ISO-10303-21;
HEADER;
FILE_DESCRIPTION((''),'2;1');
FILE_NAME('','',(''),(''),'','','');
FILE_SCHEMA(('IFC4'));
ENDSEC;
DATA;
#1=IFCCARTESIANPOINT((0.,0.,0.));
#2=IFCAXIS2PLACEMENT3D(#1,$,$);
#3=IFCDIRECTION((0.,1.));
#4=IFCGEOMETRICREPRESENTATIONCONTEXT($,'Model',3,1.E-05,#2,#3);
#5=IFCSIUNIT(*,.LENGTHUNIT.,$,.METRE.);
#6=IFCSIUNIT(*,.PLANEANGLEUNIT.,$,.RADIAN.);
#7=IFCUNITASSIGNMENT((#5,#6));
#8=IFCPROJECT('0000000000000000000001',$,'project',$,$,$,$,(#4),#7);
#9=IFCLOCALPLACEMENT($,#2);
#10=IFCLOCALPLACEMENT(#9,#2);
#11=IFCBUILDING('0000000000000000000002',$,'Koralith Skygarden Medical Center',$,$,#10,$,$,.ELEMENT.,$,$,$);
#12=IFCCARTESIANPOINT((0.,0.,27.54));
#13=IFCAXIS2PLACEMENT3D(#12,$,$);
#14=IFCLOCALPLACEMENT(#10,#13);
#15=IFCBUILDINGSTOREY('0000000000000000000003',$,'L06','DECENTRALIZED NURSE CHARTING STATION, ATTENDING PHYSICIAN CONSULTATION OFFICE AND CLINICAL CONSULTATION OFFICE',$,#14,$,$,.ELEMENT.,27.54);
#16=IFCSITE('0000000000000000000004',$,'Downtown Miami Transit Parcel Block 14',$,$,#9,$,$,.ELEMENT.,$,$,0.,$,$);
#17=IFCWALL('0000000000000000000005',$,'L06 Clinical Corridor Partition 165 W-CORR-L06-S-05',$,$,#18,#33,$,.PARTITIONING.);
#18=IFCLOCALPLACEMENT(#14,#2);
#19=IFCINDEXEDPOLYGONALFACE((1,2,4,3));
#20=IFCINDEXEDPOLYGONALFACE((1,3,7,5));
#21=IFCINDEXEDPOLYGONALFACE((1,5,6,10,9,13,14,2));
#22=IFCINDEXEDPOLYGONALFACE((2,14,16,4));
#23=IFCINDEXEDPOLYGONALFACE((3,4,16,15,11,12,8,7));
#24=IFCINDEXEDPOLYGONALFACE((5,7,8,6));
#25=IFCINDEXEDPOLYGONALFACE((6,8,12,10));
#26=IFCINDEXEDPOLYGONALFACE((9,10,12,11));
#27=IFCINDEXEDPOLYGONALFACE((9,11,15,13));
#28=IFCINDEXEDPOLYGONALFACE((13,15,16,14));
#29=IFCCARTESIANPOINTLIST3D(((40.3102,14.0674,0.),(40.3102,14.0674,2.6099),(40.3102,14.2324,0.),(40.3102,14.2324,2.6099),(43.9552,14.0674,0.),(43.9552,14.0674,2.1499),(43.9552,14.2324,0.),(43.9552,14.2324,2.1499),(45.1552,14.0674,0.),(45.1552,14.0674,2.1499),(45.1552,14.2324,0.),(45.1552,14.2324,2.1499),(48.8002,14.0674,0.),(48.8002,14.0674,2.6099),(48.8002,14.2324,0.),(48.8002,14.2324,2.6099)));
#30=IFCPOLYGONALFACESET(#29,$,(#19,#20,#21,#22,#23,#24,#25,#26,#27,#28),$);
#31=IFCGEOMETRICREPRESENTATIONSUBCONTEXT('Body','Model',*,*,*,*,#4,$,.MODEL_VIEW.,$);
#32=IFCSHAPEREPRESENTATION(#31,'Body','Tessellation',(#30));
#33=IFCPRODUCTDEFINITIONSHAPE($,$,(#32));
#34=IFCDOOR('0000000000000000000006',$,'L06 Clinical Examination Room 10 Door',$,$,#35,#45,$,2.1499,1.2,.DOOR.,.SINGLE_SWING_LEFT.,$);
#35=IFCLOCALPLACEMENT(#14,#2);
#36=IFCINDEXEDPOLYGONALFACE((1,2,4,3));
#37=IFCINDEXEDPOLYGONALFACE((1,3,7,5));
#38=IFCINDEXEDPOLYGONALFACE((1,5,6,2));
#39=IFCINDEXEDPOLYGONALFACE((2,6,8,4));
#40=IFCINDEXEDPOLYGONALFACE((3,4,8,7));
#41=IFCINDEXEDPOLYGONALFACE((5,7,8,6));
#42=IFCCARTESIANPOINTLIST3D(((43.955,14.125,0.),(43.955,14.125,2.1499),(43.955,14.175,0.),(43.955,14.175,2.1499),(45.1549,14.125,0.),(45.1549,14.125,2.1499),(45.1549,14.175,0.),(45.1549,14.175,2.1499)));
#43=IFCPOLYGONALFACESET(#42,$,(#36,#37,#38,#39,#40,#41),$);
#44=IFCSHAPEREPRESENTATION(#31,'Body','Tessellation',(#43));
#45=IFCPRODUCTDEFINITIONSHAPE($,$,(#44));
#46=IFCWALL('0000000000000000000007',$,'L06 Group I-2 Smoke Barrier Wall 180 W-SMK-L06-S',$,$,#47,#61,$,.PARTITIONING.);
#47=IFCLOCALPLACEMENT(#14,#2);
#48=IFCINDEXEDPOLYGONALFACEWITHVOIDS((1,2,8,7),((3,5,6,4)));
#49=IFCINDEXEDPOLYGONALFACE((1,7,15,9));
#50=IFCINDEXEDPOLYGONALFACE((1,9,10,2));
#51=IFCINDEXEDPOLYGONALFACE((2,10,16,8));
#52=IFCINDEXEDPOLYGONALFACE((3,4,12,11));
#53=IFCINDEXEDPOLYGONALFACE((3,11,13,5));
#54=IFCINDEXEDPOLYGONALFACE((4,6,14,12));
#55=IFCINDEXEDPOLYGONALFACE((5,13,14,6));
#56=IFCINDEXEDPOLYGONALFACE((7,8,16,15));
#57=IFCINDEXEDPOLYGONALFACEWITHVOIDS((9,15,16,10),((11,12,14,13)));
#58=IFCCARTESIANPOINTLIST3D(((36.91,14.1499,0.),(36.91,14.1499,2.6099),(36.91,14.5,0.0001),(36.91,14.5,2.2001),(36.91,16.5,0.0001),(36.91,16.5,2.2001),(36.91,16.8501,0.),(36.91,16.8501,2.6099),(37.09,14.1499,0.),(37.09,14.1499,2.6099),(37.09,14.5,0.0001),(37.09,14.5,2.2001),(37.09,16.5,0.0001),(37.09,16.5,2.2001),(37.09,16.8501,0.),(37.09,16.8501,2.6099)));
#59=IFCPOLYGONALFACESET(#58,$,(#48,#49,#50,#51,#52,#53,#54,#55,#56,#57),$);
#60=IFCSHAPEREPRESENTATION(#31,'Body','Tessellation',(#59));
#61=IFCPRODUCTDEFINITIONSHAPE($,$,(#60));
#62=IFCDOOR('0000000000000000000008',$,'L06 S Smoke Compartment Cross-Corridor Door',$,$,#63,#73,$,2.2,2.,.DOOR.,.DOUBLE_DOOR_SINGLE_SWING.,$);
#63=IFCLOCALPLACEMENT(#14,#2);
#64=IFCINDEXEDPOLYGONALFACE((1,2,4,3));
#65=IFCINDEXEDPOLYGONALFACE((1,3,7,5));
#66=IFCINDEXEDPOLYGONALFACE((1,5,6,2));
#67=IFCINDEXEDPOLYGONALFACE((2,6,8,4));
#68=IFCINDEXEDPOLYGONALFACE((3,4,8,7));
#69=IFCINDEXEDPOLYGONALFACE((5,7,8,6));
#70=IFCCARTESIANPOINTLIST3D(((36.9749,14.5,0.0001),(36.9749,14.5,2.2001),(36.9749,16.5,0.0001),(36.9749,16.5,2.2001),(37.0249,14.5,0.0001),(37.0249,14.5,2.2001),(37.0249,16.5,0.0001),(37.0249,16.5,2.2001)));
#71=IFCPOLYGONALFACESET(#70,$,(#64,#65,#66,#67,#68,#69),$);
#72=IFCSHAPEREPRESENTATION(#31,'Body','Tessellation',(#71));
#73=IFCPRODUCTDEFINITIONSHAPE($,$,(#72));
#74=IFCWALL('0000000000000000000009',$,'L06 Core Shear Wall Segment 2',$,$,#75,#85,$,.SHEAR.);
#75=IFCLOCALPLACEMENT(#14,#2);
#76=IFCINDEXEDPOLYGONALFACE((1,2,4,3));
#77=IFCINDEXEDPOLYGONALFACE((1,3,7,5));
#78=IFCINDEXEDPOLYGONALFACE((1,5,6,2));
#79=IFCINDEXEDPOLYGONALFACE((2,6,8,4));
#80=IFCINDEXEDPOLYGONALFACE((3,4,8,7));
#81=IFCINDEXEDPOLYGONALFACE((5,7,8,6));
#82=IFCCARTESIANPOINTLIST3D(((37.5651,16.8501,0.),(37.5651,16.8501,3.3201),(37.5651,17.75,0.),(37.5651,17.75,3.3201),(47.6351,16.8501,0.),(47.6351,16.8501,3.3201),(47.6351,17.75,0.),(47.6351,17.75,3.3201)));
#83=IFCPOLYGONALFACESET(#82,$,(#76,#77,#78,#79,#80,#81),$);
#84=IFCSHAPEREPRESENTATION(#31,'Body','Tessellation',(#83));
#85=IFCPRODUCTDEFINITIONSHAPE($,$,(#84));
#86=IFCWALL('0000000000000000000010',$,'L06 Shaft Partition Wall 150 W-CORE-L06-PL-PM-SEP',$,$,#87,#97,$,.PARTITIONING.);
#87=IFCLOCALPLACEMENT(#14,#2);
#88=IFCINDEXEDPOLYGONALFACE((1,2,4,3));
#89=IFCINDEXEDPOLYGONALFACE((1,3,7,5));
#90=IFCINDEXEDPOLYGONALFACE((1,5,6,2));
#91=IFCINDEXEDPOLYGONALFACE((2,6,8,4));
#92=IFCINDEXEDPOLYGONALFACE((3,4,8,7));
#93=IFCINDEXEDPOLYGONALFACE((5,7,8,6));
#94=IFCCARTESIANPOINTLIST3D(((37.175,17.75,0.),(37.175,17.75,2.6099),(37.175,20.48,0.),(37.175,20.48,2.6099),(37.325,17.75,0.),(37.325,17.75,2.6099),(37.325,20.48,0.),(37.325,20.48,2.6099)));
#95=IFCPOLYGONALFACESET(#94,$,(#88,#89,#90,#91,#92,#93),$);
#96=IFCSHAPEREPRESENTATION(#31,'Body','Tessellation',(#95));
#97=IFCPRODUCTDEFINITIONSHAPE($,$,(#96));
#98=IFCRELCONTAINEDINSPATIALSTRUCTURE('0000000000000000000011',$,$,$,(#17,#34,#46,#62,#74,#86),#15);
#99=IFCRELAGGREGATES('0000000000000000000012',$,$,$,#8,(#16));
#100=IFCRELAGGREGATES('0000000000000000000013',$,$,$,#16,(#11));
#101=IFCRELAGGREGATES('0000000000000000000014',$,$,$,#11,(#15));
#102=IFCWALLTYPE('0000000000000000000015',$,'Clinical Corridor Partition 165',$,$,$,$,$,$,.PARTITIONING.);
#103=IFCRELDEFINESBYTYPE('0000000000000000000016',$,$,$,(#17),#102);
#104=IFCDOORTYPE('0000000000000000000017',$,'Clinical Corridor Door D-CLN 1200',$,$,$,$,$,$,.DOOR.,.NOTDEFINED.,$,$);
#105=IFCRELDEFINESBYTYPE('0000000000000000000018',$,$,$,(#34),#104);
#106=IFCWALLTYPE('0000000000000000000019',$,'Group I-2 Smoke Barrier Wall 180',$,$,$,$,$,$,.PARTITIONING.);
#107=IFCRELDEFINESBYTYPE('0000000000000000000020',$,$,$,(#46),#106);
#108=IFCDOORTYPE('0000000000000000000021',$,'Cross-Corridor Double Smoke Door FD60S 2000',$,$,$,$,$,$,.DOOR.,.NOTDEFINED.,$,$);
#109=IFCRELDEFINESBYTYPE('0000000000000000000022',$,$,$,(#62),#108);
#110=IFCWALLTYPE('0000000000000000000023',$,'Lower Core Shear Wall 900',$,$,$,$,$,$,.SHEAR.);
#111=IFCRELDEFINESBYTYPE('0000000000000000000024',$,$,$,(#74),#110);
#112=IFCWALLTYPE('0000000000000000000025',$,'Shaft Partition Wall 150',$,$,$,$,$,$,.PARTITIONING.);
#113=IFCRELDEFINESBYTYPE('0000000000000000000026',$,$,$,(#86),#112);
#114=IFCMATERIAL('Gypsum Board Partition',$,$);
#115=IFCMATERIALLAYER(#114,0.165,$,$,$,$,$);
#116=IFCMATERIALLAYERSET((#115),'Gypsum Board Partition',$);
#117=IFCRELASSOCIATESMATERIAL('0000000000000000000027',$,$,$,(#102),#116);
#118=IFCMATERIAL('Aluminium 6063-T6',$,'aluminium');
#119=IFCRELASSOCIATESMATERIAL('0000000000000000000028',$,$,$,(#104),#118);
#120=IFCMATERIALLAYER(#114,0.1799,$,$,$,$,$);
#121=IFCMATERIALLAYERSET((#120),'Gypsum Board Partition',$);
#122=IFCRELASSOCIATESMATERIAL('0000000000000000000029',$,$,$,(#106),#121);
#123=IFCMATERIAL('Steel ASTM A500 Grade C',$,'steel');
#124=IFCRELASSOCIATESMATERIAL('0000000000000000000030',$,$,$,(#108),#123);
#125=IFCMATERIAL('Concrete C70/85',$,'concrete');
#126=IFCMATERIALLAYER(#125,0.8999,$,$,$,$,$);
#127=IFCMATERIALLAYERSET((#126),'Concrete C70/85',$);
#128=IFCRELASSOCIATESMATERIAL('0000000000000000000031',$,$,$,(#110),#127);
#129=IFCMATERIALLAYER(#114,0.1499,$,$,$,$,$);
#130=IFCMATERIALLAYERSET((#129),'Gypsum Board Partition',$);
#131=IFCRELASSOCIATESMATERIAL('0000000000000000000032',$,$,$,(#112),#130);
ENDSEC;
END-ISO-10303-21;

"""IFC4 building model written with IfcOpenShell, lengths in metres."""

from ifc_helpers import new_model, si_unit, direction, frame, frame_2d, origin, place, context, subcontext, project, spatial, rectangle, extrude, material, layer, layer_set, type_object, element, fill, save


model = new_model("IFC4")

# Units and contexts
model_context = context("Model", 3, precision=1e-05, world=origin(), true_north=direction((0.0, 1.0)))
body_context = subcontext(model_context, "Body", "Model", "MODEL_VIEW")
ifc_project = project(units=[si_unit("LENGTHUNIT", "METRE"), si_unit("PLANEANGLEUNIT", "RADIAN")], contexts=[model_context])

# Site, building, storey
site_placement = place(None, origin())
site = spatial("IfcSite", under=ifc_project, at=site_placement, Name="Downtown Miami Transit Parcel Block 14", CompositionType="ELEMENT", RefElevation=0.0)
building_placement = place(site_placement, origin())
building = spatial("IfcBuilding", under=site, at=building_placement, Name="Koralith Skygarden Medical Center", CompositionType="ELEMENT")
storey_placement = place(building_placement, frame((0.0, 0.0, 27.54)))
storey = spatial("IfcBuildingStorey", under=building, at=storey_placement, Name="L06", Description="DECENTRALIZED NURSE CHARTING STATION, ATTENDING PHYSICIAN CONSULTATION OFFICE AND CLINICAL CONSULTATION OFFICE", CompositionType="ELEMENT", Elevation=27.54)

# Shared definitions
ifc_material_1 = material(Name="Concrete C70/85", Category="concrete")

# Shared definitions
ifc_material_2 = material(Name="Aluminium 6063-T6", Category="aluminium")

# Shared definitions
ifc_material_3 = material(Name="Gypsum Board Partition")
ifc_layer_1 = layer(ifc_material_3, 0.165)
ifc_layer_set_1 = layer_set([ifc_layer_1], Name="Gypsum Board Partition")
wall_type_1 = type_object("IfcWallType", Name="Clinical Corridor Partition 165", PredefinedType="PARTITIONING", material=ifc_layer_set_1)

# Walls, openings, doors
wall_1_placement = place(storey_placement, frame((40.3101, 14.1499, 0.0), z_axis=(0.0, 0.0, 1.0), x_axis=(1.0, 0.0, 0.0)))
wall_1 = element("IfcWall", 1, at=wall_1_placement, inside=storey, type_object=wall_type_1, Name="L06 Clinical Corridor Partition 165 W-CORR-L06-S-05", PredefinedType="PARTITIONING", context=body_context, shape_type="SweptSolid", body=[
    extrude(rectangle(XDim=8.49, YDim=0.165, at=frame_2d((4.2451, 0.0))), origin(), (0.0, 0.0, 1.0), 2.6099),
])
opening_1_placement = place(wall_1_placement, frame((3.645, 0.0, 0.0)))
opening_1 = element("IfcOpeningElement", 2, at=opening_1_placement, cuts=wall_1, PredefinedType="OPENING", context=body_context, shape_type="SweptSolid", body=[
    extrude(rectangle(XDim=1.2, YDim=2.1499, at=frame_2d((0.6001, 1.075))), frame((0.0, 0.0925, 0.0), z_axis=(0.0, -1.0, 0.0), x_axis=(1.0, 0.0, 0.0)), (0.0, 0.0, 1.0), 0.1851),
])
door_type_1 = type_object("IfcDoorType", Name="Clinical Corridor Door D-CLN 1200", OperationType="NOTDEFINED", PredefinedType="DOOR", material=ifc_material_2)
door_1_placement = place(opening_1_placement, frame((1.2, 0.0, 0.0), z_axis=(0.0, 0.0, 1.0), x_axis=(-1.0, 0.0, 0.0)))
door_1 = element("IfcDoor", 3, at=door_1_placement, inside=storey, type_object=door_type_1, Name="L06 Clinical Examination Room 10 Door", OperationType="SINGLE_SWING_LEFT", OverallHeight=2.1499, OverallWidth=1.2, PredefinedType="DOOR", context=body_context, shape_type="SweptSolid", body=[
    extrude(rectangle(XDim=1.2, YDim=2.1499, at=frame_2d((0.6001, 1.075))), frame((0.0, 0.0249, 0.0), z_axis=(0.0, -1.0, 0.0), x_axis=(1.0, 0.0, 0.0)), (0.0, 0.0, 1.0), 0.05),
])
fill(opening_1, door_1)
ifc_layer_2 = layer(ifc_material_3, 0.1799)
ifc_layer_set_2 = layer_set([ifc_layer_2], Name="Gypsum Board Partition")
wall_type_2 = type_object("IfcWallType", Name="Group I-2 Smoke Barrier Wall 180", PredefinedType="PARTITIONING", material=ifc_layer_set_2)
wall_2_placement = place(storey_placement, frame((37.0, 14.1499, 0.0), z_axis=(0.0, 0.0, 1.0), x_axis=(0.0, 1.0, 0.0)))
wall_2 = element("IfcWall", 4, at=wall_2_placement, inside=storey, type_object=wall_type_2, Name="L06 Group I-2 Smoke Barrier Wall 180 W-SMK-L06-S", PredefinedType="PARTITIONING", context=body_context, shape_type="SweptSolid", body=[
    extrude(rectangle(XDim=2.7002, YDim=0.1799, at=frame_2d((1.3501, 0.0))), origin(), (0.0, 0.0, 1.0), 2.6099),
])
opening_2_placement = place(wall_2_placement, frame((0.3501, 0.0, 0.0)))
opening_2 = element("IfcOpeningElement", 5, at=opening_2_placement, cuts=wall_2, PredefinedType="OPENING", context=body_context, shape_type="SweptSolid", body=[
    extrude(rectangle(XDim=2.0, YDim=2.2, at=frame_2d((1.0, 1.1001))), frame((0.0, 0.0999, 0.0), z_axis=(0.0, -1.0, 0.0), x_axis=(1.0, 0.0, 0.0)), (0.0, 0.0, 1.0), 0.2),
])
ifc_material_4 = material(Name="Steel ASTM A500 Grade C", Category="steel")
door_type_2 = type_object("IfcDoorType", Name="Cross-Corridor Double Smoke Door FD60S 2000", OperationType="NOTDEFINED", PredefinedType="DOOR", material=ifc_material_4)
door_2_placement = place(opening_2_placement, frame((2.0, 0.0, 0.0), z_axis=(0.0, 0.0, 1.0), x_axis=(-1.0, 0.0, 0.0)))
door_2 = element("IfcDoor", 6, at=door_2_placement, inside=storey, type_object=door_type_2, Name="L06 S Smoke Compartment Cross-Corridor Door", OperationType="DOUBLE_DOOR_SINGLE_SWING", OverallHeight=2.2, OverallWidth=2.0, PredefinedType="DOOR", context=body_context, shape_type="SweptSolid", body=[
    extrude(rectangle(XDim=2.0, YDim=2.2, at=frame_2d((1.0, 1.1001))), frame((0.0, 0.0249, 0.0), z_axis=(0.0, -1.0, 0.0), x_axis=(1.0, 0.0, 0.0)), (0.0, 0.0, 1.0), 0.05),
])
fill(opening_2, door_2)

# Walls
ifc_layer_3 = layer(ifc_material_1, 0.8999)
ifc_layer_set_3 = layer_set([ifc_layer_3], Name="Concrete C70/85")
wall_type_3 = type_object("IfcWallType", Name="Lower Core Shear Wall 900", PredefinedType="SHEAR", material=ifc_layer_set_3)
wall_3_placement = place(storey_placement, frame((37.5649, 17.3, 0.0), z_axis=(0.0, 0.0, 1.0), x_axis=(1.0, 0.0, 0.0)))
element("IfcWall", 7, at=wall_3_placement, inside=storey, type_object=wall_type_3, Name="L06 Core Shear Wall Segment 2", PredefinedType="SHEAR", context=body_context, shape_type="SweptSolid", body=[
    extrude(rectangle(XDim=10.0701, YDim=0.8999, at=frame_2d((5.0352, 0.0))), origin(), (0.0, 0.0, 1.0), 3.3201),
])
ifc_layer_4 = layer(ifc_material_3, 0.1499)
ifc_layer_set_4 = layer_set([ifc_layer_4], Name="Gypsum Board Partition")
wall_type_4 = type_object("IfcWallType", Name="Shaft Partition Wall 150", PredefinedType="PARTITIONING", material=ifc_layer_set_4)
wall_4_placement = place(storey_placement, frame((37.25, 17.75, 0.0), z_axis=(0.0, 0.0, 1.0), x_axis=(0.0, 1.0, 0.0)))
element("IfcWall", 8, at=wall_4_placement, inside=storey, type_object=wall_type_4, Name="L06 Shaft Partition Wall 150 W-CORE-L06-PL-PM-SEP", PredefinedType="PARTITIONING", context=body_context, shape_type="SweptSolid", body=[
    extrude(rectangle(XDim=2.73, YDim=0.1499, at=frame_2d((1.365, 0.0))), origin(), (0.0, 0.0, 1.0), 2.6099),
])

save(model, "model.ifc")
